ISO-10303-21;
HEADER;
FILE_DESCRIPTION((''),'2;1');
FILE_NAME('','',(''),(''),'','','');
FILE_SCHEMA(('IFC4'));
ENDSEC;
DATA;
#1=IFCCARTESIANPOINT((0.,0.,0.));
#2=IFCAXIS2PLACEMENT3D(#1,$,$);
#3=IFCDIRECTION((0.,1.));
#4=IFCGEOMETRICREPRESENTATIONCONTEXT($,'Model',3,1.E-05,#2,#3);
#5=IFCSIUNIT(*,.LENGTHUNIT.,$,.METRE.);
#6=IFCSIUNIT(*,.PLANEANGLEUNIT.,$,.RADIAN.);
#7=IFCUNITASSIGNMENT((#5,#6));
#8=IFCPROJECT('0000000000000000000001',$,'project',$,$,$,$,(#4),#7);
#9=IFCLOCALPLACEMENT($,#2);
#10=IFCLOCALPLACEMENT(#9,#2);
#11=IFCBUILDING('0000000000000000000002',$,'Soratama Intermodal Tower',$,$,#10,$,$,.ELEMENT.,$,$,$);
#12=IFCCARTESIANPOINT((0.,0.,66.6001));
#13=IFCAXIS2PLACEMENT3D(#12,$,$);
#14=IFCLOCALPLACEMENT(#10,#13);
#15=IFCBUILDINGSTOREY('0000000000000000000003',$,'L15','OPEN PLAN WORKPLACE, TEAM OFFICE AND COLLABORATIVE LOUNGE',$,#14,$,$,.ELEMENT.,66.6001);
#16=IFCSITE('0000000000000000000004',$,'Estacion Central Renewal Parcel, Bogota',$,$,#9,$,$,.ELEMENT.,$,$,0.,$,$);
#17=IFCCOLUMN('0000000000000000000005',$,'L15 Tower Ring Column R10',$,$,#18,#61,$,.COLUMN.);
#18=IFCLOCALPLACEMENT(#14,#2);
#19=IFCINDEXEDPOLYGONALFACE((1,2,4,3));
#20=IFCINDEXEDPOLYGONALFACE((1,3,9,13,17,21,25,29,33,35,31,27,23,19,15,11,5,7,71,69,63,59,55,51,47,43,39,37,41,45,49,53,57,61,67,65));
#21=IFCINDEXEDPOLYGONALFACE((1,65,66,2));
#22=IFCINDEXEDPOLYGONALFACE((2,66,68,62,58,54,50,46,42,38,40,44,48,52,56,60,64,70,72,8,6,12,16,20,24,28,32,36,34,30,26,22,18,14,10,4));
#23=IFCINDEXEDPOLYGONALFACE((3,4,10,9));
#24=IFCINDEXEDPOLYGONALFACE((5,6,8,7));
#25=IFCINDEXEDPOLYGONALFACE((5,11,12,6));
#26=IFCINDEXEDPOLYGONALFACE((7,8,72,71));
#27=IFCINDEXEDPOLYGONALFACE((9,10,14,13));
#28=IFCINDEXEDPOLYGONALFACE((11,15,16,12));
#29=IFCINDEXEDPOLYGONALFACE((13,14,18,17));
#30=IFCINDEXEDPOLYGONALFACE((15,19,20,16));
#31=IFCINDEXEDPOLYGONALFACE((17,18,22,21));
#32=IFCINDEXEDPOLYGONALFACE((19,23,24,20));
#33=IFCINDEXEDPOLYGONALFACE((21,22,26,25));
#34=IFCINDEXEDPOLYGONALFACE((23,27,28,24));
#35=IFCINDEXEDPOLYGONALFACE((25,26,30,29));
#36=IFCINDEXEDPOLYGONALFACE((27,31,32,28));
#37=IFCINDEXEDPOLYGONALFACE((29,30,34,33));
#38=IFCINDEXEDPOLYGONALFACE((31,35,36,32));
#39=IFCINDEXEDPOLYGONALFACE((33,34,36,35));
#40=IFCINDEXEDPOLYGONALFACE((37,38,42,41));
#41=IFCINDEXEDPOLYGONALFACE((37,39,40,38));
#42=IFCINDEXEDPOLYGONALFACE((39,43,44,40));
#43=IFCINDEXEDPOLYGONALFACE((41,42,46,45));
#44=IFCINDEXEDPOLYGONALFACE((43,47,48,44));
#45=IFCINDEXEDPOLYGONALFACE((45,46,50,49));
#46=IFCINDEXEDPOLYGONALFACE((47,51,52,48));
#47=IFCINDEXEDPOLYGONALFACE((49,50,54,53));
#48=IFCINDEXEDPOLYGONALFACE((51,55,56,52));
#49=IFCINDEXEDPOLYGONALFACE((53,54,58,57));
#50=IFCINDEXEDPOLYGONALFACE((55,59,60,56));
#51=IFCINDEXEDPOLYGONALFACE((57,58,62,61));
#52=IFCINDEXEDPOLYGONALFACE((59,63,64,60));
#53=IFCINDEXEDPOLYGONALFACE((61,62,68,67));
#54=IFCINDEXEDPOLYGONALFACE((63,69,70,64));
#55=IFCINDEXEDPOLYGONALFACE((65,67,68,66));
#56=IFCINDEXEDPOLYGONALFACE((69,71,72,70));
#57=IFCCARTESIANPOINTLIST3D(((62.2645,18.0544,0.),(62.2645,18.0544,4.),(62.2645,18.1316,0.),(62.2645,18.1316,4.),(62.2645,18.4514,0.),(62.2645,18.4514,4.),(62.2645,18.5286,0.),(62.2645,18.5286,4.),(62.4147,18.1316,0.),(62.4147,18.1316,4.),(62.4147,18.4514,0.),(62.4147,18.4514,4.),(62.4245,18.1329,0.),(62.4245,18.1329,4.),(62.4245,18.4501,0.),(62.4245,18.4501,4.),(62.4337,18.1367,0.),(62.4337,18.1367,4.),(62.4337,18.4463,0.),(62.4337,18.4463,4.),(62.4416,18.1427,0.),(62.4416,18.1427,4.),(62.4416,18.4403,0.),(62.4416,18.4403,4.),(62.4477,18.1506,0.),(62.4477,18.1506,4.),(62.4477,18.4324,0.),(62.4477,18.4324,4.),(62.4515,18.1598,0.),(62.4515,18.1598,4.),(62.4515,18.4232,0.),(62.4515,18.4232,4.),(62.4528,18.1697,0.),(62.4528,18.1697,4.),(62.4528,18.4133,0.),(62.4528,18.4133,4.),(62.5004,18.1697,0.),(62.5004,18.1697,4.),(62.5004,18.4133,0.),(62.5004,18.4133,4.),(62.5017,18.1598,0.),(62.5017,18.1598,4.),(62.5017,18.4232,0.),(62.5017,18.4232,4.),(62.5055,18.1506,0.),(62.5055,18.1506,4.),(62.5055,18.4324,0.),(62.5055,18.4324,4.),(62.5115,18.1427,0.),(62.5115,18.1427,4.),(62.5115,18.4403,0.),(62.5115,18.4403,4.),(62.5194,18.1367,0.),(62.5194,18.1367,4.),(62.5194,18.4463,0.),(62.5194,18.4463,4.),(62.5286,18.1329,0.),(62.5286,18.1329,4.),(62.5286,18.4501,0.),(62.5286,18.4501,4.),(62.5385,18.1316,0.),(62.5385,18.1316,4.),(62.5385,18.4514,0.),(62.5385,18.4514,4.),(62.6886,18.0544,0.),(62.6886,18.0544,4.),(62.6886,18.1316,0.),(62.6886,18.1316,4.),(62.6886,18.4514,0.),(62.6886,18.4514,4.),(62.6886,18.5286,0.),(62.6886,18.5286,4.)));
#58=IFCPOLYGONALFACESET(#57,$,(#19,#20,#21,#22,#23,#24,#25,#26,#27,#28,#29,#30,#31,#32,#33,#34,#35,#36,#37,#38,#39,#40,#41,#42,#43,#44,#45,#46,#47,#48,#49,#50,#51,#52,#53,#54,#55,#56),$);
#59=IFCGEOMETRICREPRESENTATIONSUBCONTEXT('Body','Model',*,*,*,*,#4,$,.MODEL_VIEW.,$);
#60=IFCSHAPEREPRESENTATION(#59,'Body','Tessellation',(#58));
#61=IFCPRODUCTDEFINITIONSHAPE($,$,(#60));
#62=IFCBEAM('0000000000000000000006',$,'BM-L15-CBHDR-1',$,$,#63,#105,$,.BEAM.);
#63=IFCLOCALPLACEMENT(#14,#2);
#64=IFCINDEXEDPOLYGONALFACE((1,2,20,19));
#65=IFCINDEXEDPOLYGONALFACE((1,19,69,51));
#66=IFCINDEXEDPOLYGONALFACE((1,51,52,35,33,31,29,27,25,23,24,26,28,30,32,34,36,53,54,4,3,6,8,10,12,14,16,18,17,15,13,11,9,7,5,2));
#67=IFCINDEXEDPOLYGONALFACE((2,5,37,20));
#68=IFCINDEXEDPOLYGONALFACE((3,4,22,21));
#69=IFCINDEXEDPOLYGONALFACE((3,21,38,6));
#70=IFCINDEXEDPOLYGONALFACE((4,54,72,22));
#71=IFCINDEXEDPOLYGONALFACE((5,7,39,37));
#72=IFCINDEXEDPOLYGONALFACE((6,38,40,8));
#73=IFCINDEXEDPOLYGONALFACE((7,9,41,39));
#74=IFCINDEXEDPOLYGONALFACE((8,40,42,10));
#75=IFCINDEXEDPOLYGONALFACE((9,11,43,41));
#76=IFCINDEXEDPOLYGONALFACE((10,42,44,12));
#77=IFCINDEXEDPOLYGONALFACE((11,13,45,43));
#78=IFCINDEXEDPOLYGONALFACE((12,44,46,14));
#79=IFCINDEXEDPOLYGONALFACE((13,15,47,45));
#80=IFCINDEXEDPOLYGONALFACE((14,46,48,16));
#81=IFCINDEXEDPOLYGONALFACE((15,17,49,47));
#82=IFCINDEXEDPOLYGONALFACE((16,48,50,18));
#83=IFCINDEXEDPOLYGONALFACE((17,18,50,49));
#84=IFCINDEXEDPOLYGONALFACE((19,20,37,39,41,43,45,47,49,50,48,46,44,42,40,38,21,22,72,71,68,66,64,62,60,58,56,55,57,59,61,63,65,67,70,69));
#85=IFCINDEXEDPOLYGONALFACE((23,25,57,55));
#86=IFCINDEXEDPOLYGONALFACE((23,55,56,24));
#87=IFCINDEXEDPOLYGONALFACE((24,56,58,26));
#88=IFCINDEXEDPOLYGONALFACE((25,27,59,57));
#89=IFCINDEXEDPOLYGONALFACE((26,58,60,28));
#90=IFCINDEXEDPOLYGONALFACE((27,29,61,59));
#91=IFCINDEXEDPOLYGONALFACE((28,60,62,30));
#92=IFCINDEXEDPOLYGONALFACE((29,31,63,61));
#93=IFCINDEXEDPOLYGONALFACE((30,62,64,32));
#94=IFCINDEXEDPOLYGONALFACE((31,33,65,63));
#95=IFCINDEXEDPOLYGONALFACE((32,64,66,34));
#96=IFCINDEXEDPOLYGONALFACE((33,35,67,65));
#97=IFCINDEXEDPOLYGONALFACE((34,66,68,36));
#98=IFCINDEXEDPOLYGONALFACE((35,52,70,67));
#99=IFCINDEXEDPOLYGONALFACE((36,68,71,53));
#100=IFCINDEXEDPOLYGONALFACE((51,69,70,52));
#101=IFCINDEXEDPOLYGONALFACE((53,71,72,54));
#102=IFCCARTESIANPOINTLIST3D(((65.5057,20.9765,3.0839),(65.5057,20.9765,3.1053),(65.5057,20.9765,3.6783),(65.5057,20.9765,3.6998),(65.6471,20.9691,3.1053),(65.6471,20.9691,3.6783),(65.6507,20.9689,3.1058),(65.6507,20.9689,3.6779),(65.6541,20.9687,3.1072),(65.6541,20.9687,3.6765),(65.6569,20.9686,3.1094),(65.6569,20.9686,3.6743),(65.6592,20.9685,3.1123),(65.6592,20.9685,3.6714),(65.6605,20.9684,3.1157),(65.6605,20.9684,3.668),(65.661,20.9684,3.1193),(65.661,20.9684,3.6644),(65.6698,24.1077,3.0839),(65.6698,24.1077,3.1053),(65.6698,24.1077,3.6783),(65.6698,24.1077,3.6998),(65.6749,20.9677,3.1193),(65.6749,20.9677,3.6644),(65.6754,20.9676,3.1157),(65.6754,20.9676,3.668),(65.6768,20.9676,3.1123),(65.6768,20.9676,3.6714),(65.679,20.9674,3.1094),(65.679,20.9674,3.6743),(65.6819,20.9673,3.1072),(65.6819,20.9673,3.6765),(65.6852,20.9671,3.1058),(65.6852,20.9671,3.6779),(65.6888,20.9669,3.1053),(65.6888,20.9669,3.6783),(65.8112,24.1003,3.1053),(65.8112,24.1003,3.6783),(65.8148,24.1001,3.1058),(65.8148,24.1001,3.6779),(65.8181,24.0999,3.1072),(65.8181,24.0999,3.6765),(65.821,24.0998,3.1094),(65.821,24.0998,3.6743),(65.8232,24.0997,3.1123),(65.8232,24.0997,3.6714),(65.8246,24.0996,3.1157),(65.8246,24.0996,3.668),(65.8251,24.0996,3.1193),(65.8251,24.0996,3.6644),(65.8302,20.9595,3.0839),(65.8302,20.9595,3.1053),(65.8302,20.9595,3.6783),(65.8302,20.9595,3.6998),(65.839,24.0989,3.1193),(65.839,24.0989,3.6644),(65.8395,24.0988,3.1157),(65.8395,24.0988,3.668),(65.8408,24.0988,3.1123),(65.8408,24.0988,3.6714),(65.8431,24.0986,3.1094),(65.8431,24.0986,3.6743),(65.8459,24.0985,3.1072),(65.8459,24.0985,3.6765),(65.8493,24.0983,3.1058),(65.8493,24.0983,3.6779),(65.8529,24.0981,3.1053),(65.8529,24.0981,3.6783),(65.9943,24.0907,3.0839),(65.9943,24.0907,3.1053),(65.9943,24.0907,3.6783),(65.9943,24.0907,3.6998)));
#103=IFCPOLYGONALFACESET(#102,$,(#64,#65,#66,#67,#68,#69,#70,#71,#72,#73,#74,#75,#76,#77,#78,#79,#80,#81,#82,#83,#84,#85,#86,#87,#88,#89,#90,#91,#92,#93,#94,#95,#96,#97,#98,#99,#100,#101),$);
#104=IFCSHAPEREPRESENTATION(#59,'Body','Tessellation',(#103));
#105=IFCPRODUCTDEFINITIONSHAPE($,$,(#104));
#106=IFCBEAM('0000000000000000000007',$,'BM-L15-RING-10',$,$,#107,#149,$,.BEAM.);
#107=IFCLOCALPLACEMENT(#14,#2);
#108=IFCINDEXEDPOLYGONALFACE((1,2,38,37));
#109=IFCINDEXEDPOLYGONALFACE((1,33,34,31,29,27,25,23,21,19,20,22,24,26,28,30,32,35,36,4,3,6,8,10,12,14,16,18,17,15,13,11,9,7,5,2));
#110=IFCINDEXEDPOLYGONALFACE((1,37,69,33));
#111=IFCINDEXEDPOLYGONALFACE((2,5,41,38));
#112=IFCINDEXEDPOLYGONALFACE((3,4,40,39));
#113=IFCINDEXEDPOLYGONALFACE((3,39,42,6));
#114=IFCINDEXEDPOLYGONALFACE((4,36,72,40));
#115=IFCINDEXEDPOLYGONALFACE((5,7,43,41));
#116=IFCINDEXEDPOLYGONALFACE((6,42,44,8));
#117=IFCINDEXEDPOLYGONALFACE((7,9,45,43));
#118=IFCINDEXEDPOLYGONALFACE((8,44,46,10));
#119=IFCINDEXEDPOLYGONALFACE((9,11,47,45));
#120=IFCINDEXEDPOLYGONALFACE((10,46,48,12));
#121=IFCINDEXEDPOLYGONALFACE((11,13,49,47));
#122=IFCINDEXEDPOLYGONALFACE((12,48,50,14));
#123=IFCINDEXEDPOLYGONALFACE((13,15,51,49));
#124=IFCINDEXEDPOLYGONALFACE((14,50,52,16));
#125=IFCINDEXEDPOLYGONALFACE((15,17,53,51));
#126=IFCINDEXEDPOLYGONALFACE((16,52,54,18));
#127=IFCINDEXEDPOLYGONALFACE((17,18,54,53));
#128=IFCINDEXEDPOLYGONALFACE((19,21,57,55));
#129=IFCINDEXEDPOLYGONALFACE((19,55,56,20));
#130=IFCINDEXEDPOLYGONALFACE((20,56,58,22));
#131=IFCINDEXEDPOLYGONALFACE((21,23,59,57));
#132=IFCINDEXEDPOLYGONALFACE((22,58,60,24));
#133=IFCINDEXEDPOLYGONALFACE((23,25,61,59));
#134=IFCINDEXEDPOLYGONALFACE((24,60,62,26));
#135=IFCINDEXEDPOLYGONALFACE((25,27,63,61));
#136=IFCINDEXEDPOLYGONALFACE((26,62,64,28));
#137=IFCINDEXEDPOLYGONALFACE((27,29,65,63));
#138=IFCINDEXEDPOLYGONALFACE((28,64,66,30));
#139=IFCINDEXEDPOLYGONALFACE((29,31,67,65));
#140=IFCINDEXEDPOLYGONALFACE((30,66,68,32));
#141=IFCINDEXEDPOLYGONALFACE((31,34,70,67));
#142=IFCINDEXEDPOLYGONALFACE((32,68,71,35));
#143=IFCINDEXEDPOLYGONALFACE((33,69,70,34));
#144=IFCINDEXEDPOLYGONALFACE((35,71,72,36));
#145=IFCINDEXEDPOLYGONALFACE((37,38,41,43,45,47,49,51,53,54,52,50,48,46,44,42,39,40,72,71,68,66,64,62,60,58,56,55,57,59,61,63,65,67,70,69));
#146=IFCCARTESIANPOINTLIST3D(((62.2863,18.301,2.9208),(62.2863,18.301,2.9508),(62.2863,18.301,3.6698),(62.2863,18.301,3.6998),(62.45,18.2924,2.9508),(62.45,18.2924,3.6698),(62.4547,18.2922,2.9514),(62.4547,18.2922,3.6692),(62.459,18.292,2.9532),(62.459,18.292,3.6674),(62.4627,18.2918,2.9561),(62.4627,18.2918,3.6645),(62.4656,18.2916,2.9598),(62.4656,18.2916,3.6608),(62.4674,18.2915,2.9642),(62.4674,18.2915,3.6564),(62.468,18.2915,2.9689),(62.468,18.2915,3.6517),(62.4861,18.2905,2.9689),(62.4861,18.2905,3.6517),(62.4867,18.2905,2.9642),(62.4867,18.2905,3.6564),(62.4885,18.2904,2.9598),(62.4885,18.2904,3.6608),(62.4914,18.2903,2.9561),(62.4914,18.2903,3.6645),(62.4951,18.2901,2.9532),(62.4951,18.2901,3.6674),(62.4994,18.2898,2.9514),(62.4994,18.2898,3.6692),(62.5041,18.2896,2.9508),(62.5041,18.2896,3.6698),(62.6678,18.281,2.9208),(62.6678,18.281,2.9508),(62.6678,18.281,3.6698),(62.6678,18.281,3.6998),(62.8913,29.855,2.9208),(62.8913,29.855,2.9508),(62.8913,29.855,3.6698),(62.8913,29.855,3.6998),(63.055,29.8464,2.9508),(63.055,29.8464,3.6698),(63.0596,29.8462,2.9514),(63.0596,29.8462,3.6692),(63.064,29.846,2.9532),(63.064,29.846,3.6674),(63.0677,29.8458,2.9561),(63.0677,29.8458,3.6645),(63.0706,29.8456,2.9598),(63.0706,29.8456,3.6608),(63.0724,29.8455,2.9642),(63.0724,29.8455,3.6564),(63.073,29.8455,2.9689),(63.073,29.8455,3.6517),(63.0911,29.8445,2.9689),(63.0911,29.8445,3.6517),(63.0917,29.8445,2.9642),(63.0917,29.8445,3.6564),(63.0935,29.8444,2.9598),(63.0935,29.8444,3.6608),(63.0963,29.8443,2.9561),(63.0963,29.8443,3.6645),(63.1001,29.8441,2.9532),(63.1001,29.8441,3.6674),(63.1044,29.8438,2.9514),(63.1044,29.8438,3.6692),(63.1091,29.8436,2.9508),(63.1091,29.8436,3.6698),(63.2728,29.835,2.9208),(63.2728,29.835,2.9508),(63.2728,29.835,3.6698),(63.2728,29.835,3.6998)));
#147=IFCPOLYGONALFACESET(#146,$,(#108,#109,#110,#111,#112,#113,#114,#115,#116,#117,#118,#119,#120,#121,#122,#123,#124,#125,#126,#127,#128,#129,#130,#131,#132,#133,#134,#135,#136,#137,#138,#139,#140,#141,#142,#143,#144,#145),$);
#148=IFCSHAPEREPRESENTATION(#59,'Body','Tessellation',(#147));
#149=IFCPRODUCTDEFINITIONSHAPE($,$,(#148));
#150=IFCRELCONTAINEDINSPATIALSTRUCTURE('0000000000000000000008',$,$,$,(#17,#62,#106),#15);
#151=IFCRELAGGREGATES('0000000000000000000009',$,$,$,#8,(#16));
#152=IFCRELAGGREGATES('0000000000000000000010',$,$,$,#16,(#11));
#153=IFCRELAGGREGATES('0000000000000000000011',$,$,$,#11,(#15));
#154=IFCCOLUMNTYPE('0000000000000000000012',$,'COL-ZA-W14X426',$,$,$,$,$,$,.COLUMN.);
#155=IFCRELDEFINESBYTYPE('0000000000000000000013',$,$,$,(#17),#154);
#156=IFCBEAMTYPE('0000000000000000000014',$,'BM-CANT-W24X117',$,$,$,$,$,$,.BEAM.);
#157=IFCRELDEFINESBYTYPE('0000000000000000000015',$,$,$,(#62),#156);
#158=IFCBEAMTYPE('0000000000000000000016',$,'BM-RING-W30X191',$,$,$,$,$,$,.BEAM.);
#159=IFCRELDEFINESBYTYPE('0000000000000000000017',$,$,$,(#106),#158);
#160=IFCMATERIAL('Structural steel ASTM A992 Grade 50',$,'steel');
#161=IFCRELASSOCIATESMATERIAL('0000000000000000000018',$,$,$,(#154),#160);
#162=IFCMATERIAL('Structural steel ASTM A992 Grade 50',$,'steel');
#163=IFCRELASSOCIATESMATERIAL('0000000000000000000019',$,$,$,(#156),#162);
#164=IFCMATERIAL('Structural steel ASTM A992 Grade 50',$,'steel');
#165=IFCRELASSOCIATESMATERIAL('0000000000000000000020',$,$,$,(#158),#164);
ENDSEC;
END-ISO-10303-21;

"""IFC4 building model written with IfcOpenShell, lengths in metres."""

from ifc_helpers import new_model, si_unit, direction, frame, origin, origin_2d, place, context, subcontext, project, spatial, i_section, extrude, material, material_profile, profile_set, type_object, element, save


model = new_model("IFC4")

# Units and contexts
model_context = context("Model", 3, precision=1e-05, world=origin(), true_north=direction((0.0, 1.0)))
body_context = subcontext(model_context, "Body", "Model", "MODEL_VIEW")
ifc_project = project(units=[si_unit("LENGTHUNIT", "METRE"), si_unit("PLANEANGLEUNIT", "RADIAN")], contexts=[model_context])

# Site, building, storey
site_placement = place(None, origin())
site = spatial("IfcSite", under=ifc_project, at=site_placement, Name="Estacion Central Renewal Parcel, Bogota", CompositionType="ELEMENT", RefElevation=0.0)
building_placement = place(site_placement, origin())
building = spatial("IfcBuilding", under=site, at=building_placement, Name="Soratama Intermodal Tower", CompositionType="ELEMENT")
storey_placement = place(building_placement, frame((0.0, 0.0, 66.6001)))
storey = spatial("IfcBuildingStorey", under=building, at=storey_placement, Name="L15", Description="OPEN PLAN WORKPLACE, TEAM OFFICE AND COLLABORATIVE LOUNGE", CompositionType="ELEMENT", Elevation=66.6001)

# Column
ifc_material_1 = material(Name="Structural steel ASTM A992 Grade 50", Category="steel")
ifc_material_profile_1 = material_profile(ifc_material_1, i_section(OverallWidth=0.4241, OverallDepth=0.4741, WebThickness=0.0476, FlangeThickness=0.0771, FilletRadius=0.0381, at=origin_2d()), Name="W14X426")
ifc_profile_set_1 = profile_set([ifc_material_profile_1], Name="Structural steel ASTM A992 Grade 50")
column_type = type_object("IfcColumnType", Name="COL-ZA-W14X426", PredefinedType="COLUMN", material=ifc_profile_set_1)
column_placement = place(storey_placement, frame((62.4766, 18.2915, 0.0), z_axis=(0.0, 0.0, 1.0), x_axis=(1.0, 0.0, 0.0)))
element("IfcColumn", 1, at=column_placement, inside=storey, type_object=column_type, Name="L15 Tower Ring Column R10", PredefinedType="COLUMN", context=body_context, shape_type="SweptSolid", body=[
    extrude(i_section(OverallWidth=0.4241, OverallDepth=0.4741, WebThickness=0.0476, FlangeThickness=0.0771, FilletRadius=0.0381, at=origin_2d()), origin(), (0.0, 0.0, 1.0), 4.0),
])

# Beams
ifc_material_2 = material(Name="Structural steel ASTM A992 Grade 50", Category="steel")
ifc_material_profile_2 = material_profile(ifc_material_2, i_section(OverallWidth=0.325, OverallDepth=0.616, WebThickness=0.0139, FlangeThickness=0.0215, FilletRadius=0.0139, at=origin_2d()), Name="W24X117")
ifc_profile_set_2 = profile_set([ifc_material_profile_2], Name="Structural steel ASTM A992 Grade 50")
beam_type_1 = type_object("IfcBeamType", Name="BM-CANT-W24X117", PredefinedType="BEAM", material=ifc_profile_set_2)
beam_1_placement = place(storey_placement, frame((65.668, 20.968, 3.3918), z_axis=(0.052326, 0.99863, 0.0), x_axis=(-0.99863, 0.052326, 0.0)))
element("IfcBeam", 2, at=beam_1_placement, inside=storey, type_object=beam_type_1, Name="BM-L15-CBHDR-1", PredefinedType="BEAM", context=body_context, shape_type="SweptSolid", body=[
    extrude(i_section(OverallWidth=0.325, OverallDepth=0.616, WebThickness=0.0139, FlangeThickness=0.0215, FilletRadius=0.0139, at=origin_2d()), origin(), (0.0, 0.0, 1.0), 3.1355),
])
ifc_material_3 = material(Name="Structural steel ASTM A992 Grade 50", Category="steel")
ifc_material_profile_3 = material_profile(ifc_material_3, i_section(OverallWidth=0.3821, OverallDepth=0.7791, WebThickness=0.0181, FlangeThickness=0.03, FilletRadius=0.0181, at=origin_2d()), Name="W30X191")
ifc_profile_set_3 = profile_set([ifc_material_profile_3], Name="Structural steel ASTM A992 Grade 50")
beam_type_2 = type_object("IfcBeamType", Name="BM-RING-W30X191", PredefinedType="BEAM", material=ifc_profile_set_3)
beam_2_placement = place(storey_placement, frame((62.4771, 18.291, 3.3103), z_axis=(0.05229, 0.998632, 0.0), x_axis=(-0.998632, 0.05229, 0.0)))
element("IfcBeam", 3, at=beam_2_placement, inside=storey, type_object=beam_type_2, Name="BM-L15-RING-10", PredefinedType="BEAM", context=body_context, shape_type="SweptSolid", body=[
    extrude(i_section(OverallWidth=0.3821, OverallDepth=0.7791, WebThickness=0.0181, FlangeThickness=0.03, FilletRadius=0.0181, at=origin_2d()), origin(), (0.0, 0.0, 1.0), 11.5698),
])

save(model, "model.ifc")
